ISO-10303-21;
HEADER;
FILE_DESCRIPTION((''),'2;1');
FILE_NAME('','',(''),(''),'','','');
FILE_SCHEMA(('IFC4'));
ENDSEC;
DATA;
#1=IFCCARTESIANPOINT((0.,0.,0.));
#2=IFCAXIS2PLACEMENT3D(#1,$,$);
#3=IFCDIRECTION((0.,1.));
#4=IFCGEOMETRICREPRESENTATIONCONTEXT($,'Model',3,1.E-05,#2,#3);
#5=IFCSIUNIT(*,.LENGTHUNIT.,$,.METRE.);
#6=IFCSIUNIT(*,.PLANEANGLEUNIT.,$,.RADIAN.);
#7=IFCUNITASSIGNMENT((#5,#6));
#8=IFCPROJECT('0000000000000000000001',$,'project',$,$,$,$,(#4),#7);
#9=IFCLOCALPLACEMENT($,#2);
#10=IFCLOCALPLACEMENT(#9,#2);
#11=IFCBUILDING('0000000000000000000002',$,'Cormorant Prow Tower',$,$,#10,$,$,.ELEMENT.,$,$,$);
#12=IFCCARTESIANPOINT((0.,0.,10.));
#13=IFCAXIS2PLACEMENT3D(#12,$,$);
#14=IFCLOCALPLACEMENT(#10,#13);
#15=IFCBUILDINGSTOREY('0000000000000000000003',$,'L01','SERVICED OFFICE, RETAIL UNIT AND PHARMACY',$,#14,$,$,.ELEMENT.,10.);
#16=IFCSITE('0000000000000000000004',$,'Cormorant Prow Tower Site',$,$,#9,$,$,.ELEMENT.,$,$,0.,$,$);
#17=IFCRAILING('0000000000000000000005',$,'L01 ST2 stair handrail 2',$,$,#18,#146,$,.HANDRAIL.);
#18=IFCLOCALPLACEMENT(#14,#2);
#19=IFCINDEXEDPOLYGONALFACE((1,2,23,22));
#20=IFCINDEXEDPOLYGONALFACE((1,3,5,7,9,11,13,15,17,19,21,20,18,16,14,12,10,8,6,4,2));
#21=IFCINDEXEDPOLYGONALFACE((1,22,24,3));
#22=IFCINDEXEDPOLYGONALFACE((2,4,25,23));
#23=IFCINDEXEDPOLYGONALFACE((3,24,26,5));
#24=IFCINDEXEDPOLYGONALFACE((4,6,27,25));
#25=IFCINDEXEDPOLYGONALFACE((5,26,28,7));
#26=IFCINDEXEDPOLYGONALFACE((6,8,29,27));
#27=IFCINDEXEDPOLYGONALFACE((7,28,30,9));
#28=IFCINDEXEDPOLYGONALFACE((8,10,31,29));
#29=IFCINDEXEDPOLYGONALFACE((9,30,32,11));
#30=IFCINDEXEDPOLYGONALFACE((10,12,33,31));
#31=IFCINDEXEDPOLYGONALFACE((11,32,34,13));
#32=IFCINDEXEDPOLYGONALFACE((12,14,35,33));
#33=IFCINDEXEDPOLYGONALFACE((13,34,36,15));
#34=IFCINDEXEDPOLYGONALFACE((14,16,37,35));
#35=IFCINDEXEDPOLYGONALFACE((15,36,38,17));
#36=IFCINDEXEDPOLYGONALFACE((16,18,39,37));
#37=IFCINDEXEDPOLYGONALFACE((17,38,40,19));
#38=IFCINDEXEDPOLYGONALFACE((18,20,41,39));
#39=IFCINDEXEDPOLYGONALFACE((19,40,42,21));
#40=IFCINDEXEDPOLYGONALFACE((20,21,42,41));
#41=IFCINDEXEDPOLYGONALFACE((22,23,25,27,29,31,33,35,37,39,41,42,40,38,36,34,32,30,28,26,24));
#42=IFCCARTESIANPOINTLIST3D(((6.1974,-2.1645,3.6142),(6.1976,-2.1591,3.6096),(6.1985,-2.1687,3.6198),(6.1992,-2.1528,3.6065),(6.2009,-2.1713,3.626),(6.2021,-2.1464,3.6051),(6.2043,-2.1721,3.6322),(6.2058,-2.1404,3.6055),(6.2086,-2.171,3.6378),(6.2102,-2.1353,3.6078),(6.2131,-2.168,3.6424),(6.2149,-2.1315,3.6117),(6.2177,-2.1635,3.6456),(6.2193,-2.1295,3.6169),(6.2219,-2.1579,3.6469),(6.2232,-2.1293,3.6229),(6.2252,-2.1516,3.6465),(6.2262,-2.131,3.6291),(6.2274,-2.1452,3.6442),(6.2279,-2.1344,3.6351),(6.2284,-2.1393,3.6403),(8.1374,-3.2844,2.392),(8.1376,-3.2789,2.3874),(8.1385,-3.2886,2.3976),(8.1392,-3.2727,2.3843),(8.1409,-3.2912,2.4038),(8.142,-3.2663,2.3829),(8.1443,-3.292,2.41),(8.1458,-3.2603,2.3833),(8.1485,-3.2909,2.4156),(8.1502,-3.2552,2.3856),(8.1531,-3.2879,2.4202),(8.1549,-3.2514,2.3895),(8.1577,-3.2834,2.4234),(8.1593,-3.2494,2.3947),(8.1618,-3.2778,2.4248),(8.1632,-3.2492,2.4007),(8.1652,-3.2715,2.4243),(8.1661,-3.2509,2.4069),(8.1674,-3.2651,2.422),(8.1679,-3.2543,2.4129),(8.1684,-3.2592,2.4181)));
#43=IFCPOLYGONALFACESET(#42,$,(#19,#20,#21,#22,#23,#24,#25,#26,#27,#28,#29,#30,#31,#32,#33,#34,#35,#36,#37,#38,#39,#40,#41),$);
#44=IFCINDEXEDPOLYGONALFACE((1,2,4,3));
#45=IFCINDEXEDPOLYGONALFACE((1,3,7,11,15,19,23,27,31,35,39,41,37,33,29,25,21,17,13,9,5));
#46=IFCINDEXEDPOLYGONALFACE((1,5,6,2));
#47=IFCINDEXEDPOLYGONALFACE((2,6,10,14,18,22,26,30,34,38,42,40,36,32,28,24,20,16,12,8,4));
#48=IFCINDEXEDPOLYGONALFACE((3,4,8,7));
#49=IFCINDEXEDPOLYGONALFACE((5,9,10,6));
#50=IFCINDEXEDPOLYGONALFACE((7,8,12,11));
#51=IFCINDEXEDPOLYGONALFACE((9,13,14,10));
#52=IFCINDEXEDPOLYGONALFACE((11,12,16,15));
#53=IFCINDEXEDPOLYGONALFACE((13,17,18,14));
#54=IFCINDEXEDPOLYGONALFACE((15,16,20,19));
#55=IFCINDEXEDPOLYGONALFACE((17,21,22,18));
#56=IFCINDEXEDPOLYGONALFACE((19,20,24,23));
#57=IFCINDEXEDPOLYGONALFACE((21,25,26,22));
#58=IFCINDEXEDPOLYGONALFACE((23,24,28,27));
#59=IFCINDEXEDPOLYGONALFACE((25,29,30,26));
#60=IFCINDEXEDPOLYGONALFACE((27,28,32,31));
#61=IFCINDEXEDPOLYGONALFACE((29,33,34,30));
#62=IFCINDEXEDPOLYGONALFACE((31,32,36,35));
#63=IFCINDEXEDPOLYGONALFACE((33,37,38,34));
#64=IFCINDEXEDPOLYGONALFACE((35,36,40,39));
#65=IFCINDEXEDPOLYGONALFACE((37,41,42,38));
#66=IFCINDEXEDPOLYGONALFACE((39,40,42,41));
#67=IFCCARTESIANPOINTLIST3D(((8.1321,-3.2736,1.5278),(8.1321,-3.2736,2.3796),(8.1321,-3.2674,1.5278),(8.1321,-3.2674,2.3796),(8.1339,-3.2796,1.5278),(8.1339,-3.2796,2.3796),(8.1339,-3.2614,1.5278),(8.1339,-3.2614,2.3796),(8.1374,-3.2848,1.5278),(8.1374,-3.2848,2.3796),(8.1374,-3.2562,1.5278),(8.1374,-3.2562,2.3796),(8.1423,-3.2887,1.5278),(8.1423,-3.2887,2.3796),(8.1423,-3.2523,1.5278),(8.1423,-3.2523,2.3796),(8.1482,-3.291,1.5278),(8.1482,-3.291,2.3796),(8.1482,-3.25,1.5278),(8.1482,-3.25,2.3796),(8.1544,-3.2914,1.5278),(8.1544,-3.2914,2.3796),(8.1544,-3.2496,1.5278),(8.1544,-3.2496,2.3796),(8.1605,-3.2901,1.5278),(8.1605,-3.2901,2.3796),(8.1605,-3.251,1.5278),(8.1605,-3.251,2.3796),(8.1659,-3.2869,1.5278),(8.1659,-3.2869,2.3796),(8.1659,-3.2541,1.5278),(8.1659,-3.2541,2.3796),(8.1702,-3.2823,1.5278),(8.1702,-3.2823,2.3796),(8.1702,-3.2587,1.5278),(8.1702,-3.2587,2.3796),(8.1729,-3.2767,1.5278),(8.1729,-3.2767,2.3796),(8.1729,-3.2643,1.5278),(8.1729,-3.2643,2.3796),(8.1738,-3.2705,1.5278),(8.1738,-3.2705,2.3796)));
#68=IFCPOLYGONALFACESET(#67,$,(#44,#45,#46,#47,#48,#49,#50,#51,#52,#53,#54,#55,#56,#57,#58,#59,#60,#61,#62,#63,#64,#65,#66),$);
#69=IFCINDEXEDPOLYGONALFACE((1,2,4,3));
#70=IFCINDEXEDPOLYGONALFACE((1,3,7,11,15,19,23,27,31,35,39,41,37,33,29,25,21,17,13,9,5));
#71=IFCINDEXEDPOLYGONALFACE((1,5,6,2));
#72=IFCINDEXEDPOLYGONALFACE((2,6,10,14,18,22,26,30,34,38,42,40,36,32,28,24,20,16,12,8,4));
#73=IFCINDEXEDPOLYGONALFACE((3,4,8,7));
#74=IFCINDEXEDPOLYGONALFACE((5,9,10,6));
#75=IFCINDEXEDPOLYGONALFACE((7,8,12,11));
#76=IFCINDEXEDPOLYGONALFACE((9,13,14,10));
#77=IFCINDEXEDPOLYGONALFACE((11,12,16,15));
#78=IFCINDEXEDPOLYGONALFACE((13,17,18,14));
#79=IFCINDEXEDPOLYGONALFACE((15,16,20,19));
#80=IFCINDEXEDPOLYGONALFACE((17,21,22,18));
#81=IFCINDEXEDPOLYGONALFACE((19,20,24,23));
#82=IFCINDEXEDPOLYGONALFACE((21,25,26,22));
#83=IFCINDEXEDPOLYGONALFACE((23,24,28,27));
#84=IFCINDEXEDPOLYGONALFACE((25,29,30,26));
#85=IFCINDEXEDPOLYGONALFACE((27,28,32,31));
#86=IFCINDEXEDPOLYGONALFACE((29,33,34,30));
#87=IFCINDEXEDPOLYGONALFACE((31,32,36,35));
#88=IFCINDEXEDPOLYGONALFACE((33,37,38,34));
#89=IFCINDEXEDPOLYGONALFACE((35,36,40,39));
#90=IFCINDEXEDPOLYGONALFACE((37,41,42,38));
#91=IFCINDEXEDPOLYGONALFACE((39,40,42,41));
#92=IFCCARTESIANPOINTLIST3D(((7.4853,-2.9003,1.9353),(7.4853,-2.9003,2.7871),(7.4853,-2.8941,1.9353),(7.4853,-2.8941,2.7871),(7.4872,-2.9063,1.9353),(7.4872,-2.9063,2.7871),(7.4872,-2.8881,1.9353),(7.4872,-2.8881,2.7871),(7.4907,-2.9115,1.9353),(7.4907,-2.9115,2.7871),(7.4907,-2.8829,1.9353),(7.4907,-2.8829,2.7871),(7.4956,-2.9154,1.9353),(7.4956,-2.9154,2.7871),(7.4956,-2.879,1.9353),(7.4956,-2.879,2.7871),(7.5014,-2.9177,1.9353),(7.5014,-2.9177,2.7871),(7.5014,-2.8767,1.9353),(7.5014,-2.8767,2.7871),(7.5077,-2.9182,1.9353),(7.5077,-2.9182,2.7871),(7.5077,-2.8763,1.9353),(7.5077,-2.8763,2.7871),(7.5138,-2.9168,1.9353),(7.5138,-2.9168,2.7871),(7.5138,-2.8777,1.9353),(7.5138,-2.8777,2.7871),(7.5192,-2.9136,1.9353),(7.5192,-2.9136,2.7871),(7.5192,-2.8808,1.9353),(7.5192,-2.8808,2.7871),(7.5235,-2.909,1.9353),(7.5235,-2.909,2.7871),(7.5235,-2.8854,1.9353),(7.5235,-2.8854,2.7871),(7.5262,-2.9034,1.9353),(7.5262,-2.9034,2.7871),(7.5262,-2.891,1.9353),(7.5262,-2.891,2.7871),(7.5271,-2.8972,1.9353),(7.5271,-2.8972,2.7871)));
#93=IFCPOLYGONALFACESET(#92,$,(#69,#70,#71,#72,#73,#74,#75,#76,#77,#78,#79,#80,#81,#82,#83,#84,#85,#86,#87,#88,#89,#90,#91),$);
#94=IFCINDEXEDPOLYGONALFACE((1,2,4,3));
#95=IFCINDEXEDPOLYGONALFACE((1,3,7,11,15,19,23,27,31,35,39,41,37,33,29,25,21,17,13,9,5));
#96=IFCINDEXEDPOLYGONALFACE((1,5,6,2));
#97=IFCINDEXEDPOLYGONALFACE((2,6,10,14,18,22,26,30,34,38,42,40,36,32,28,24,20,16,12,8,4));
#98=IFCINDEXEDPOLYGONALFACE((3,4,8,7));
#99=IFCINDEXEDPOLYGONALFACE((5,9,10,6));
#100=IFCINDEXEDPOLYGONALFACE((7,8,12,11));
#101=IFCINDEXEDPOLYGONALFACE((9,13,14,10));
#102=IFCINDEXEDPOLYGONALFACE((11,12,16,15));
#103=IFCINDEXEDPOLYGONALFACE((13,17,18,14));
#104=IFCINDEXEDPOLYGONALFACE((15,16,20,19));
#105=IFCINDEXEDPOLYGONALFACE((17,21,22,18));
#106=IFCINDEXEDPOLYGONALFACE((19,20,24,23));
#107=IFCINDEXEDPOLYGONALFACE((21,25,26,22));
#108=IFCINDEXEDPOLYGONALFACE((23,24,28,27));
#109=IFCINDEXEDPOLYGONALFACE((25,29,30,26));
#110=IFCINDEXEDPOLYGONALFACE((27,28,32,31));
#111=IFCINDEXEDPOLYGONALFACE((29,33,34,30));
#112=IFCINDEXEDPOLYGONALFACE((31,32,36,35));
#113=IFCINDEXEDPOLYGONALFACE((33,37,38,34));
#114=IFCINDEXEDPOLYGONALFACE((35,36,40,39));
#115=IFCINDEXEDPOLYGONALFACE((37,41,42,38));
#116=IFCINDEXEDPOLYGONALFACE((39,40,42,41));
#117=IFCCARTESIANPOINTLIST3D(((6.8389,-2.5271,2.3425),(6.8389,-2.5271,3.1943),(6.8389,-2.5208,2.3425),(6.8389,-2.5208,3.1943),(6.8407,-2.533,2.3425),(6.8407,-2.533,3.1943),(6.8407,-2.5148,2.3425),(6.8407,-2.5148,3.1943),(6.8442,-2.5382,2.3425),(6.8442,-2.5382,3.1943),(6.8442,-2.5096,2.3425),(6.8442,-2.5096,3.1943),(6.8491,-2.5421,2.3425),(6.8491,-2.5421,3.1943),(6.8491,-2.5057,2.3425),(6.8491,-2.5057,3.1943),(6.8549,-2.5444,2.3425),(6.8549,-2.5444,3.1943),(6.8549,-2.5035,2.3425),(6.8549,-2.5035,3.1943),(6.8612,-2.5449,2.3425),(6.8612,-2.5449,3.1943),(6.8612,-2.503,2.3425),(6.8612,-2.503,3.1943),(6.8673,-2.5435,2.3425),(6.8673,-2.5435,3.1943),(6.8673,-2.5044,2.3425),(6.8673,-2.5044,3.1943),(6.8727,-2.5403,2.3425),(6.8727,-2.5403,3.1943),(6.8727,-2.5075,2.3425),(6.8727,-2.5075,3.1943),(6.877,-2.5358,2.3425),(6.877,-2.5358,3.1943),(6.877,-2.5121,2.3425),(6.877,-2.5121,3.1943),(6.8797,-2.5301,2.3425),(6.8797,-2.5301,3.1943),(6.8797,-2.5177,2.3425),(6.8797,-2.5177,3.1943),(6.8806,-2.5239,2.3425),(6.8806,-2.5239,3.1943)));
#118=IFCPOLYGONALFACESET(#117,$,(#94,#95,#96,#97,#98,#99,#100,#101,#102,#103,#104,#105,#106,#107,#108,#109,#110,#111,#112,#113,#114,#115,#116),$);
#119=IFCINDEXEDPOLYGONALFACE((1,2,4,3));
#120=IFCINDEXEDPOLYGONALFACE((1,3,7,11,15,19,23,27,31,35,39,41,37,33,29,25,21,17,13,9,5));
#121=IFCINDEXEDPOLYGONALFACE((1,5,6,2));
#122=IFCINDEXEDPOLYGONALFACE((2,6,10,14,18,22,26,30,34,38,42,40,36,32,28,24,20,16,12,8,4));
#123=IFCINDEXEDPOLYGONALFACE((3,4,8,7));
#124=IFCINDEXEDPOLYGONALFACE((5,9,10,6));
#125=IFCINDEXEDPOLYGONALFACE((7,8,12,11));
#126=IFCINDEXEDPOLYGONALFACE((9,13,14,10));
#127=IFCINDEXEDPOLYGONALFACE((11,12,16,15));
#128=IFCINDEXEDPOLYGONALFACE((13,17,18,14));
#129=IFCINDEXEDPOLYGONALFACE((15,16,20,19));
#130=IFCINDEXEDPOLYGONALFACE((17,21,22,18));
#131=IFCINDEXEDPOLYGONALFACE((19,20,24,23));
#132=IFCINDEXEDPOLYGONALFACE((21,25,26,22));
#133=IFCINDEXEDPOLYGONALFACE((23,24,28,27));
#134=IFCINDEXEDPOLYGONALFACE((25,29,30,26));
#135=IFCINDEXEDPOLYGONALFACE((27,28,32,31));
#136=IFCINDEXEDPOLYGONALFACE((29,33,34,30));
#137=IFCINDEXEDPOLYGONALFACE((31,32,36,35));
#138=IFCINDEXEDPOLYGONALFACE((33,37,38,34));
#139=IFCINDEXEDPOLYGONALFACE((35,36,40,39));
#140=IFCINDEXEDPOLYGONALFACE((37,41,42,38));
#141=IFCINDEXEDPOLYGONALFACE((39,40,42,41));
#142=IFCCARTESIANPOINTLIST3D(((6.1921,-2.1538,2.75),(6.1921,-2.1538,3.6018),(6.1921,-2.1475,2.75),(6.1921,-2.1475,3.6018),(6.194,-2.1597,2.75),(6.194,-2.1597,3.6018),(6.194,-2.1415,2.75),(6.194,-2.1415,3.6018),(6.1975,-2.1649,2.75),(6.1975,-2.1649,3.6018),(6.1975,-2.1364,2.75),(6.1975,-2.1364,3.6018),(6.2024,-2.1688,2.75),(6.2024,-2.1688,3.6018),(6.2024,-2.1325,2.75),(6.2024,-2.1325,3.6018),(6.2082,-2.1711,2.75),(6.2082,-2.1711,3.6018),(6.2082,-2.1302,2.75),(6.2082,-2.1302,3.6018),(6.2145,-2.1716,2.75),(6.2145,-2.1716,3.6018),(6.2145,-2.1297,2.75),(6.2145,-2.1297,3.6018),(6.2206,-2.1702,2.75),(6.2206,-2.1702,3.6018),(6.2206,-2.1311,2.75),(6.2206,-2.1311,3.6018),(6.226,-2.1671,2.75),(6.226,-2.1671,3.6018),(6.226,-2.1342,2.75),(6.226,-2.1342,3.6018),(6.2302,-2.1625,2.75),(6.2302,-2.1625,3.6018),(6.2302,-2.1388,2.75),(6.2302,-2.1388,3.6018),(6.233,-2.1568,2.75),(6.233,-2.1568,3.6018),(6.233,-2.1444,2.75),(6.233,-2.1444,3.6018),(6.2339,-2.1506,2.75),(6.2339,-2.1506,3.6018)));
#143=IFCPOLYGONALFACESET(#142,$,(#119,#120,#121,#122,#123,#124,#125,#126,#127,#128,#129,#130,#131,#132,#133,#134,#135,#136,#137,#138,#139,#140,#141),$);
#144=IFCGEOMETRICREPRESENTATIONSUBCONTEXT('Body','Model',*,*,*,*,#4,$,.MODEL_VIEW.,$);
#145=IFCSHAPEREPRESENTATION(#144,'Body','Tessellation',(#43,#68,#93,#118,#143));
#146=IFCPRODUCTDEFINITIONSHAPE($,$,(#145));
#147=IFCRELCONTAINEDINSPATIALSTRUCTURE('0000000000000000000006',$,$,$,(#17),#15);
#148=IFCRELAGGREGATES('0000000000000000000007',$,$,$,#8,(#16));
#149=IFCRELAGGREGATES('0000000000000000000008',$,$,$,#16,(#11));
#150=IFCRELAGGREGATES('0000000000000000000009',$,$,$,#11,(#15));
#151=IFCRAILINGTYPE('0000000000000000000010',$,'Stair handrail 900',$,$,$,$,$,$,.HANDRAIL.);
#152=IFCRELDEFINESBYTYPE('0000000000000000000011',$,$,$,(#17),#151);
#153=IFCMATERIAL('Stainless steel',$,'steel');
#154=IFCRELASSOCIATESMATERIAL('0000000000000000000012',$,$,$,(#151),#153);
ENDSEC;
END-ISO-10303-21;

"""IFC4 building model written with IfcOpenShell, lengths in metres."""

from ifc_helpers import new_model, si_unit, direction, frame, origin, origin_2d, place, context, subcontext, project, spatial, circle, extrude, material, type_object, element, save


model = new_model("IFC4")

# Units and contexts
model_context = context("Model", 3, precision=1e-05, world=origin(), true_north=direction((0.0, 1.0)))
body_context = subcontext(model_context, "Body", "Model", "MODEL_VIEW")
ifc_project = project(units=[si_unit("LENGTHUNIT", "METRE"), si_unit("PLANEANGLEUNIT", "RADIAN")], contexts=[model_context])

# Site, building, storey
site_placement = place(None, origin())
site = spatial("IfcSite", under=ifc_project, at=site_placement, Name="Cormorant Prow Tower Site", CompositionType="ELEMENT", RefElevation=0.0)
building_placement = place(site_placement, origin())
building = spatial("IfcBuilding", under=site, at=building_placement, Name="Cormorant Prow Tower", CompositionType="ELEMENT")
storey_placement = place(building_placement, frame((0.0, 0.0, 10.0)))
storey = spatial("IfcBuildingStorey", under=building, at=storey_placement, Name="L01", Description="SERVICED OFFICE, RETAIL UNIT AND PHARMACY", CompositionType="ELEMENT", Elevation=10.0)

# Railing
ifc_material_1 = material(Name="Stainless steel", Category="steel")
railing_type_1 = type_object("IfcRailingType", Name="Stair handrail 900", PredefinedType="HANDRAIL", material=ifc_material_1)
railing_1_placement = place(storey_placement, frame((8.1528, -3.2705, 1.5278)))
element("IfcRailing", 1, at=railing_1_placement, inside=storey, type_object=railing_type_1, Name="L01 ST2 stair handrail 2", PredefinedType="HANDRAIL", context=body_context, shape_type="SweptSolid", body=[
    extrude(circle(Radius=0.0239, at=origin_2d()), frame((0.0, 0.0, 0.876), z_axis=(-0.760254, 0.438873, 0.478962), x_axis=(-0.499949, -0.866055, 0.0)), (0.0, 0.0, 1.0), 2.5518),
    extrude(circle(Radius=0.021, at=origin_2d()), origin(), (0.0, 0.0, 1.0), 0.8518),
    extrude(circle(Radius=0.021, at=origin_2d()), frame((-0.6467, 0.3733, 0.4075)), (0.0, 0.0, 1.0), 0.8518),
    extrude(circle(Radius=0.021, at=origin_2d()), frame((-1.2932, 0.7466, 0.8147)), (0.0, 0.0, 1.0), 0.8518),
    extrude(circle(Radius=0.021, at=origin_2d()), frame((-1.9399, 1.1199, 1.2222)), (0.0, 0.0, 1.0), 0.8518),
])

save(model, "model.ifc")
